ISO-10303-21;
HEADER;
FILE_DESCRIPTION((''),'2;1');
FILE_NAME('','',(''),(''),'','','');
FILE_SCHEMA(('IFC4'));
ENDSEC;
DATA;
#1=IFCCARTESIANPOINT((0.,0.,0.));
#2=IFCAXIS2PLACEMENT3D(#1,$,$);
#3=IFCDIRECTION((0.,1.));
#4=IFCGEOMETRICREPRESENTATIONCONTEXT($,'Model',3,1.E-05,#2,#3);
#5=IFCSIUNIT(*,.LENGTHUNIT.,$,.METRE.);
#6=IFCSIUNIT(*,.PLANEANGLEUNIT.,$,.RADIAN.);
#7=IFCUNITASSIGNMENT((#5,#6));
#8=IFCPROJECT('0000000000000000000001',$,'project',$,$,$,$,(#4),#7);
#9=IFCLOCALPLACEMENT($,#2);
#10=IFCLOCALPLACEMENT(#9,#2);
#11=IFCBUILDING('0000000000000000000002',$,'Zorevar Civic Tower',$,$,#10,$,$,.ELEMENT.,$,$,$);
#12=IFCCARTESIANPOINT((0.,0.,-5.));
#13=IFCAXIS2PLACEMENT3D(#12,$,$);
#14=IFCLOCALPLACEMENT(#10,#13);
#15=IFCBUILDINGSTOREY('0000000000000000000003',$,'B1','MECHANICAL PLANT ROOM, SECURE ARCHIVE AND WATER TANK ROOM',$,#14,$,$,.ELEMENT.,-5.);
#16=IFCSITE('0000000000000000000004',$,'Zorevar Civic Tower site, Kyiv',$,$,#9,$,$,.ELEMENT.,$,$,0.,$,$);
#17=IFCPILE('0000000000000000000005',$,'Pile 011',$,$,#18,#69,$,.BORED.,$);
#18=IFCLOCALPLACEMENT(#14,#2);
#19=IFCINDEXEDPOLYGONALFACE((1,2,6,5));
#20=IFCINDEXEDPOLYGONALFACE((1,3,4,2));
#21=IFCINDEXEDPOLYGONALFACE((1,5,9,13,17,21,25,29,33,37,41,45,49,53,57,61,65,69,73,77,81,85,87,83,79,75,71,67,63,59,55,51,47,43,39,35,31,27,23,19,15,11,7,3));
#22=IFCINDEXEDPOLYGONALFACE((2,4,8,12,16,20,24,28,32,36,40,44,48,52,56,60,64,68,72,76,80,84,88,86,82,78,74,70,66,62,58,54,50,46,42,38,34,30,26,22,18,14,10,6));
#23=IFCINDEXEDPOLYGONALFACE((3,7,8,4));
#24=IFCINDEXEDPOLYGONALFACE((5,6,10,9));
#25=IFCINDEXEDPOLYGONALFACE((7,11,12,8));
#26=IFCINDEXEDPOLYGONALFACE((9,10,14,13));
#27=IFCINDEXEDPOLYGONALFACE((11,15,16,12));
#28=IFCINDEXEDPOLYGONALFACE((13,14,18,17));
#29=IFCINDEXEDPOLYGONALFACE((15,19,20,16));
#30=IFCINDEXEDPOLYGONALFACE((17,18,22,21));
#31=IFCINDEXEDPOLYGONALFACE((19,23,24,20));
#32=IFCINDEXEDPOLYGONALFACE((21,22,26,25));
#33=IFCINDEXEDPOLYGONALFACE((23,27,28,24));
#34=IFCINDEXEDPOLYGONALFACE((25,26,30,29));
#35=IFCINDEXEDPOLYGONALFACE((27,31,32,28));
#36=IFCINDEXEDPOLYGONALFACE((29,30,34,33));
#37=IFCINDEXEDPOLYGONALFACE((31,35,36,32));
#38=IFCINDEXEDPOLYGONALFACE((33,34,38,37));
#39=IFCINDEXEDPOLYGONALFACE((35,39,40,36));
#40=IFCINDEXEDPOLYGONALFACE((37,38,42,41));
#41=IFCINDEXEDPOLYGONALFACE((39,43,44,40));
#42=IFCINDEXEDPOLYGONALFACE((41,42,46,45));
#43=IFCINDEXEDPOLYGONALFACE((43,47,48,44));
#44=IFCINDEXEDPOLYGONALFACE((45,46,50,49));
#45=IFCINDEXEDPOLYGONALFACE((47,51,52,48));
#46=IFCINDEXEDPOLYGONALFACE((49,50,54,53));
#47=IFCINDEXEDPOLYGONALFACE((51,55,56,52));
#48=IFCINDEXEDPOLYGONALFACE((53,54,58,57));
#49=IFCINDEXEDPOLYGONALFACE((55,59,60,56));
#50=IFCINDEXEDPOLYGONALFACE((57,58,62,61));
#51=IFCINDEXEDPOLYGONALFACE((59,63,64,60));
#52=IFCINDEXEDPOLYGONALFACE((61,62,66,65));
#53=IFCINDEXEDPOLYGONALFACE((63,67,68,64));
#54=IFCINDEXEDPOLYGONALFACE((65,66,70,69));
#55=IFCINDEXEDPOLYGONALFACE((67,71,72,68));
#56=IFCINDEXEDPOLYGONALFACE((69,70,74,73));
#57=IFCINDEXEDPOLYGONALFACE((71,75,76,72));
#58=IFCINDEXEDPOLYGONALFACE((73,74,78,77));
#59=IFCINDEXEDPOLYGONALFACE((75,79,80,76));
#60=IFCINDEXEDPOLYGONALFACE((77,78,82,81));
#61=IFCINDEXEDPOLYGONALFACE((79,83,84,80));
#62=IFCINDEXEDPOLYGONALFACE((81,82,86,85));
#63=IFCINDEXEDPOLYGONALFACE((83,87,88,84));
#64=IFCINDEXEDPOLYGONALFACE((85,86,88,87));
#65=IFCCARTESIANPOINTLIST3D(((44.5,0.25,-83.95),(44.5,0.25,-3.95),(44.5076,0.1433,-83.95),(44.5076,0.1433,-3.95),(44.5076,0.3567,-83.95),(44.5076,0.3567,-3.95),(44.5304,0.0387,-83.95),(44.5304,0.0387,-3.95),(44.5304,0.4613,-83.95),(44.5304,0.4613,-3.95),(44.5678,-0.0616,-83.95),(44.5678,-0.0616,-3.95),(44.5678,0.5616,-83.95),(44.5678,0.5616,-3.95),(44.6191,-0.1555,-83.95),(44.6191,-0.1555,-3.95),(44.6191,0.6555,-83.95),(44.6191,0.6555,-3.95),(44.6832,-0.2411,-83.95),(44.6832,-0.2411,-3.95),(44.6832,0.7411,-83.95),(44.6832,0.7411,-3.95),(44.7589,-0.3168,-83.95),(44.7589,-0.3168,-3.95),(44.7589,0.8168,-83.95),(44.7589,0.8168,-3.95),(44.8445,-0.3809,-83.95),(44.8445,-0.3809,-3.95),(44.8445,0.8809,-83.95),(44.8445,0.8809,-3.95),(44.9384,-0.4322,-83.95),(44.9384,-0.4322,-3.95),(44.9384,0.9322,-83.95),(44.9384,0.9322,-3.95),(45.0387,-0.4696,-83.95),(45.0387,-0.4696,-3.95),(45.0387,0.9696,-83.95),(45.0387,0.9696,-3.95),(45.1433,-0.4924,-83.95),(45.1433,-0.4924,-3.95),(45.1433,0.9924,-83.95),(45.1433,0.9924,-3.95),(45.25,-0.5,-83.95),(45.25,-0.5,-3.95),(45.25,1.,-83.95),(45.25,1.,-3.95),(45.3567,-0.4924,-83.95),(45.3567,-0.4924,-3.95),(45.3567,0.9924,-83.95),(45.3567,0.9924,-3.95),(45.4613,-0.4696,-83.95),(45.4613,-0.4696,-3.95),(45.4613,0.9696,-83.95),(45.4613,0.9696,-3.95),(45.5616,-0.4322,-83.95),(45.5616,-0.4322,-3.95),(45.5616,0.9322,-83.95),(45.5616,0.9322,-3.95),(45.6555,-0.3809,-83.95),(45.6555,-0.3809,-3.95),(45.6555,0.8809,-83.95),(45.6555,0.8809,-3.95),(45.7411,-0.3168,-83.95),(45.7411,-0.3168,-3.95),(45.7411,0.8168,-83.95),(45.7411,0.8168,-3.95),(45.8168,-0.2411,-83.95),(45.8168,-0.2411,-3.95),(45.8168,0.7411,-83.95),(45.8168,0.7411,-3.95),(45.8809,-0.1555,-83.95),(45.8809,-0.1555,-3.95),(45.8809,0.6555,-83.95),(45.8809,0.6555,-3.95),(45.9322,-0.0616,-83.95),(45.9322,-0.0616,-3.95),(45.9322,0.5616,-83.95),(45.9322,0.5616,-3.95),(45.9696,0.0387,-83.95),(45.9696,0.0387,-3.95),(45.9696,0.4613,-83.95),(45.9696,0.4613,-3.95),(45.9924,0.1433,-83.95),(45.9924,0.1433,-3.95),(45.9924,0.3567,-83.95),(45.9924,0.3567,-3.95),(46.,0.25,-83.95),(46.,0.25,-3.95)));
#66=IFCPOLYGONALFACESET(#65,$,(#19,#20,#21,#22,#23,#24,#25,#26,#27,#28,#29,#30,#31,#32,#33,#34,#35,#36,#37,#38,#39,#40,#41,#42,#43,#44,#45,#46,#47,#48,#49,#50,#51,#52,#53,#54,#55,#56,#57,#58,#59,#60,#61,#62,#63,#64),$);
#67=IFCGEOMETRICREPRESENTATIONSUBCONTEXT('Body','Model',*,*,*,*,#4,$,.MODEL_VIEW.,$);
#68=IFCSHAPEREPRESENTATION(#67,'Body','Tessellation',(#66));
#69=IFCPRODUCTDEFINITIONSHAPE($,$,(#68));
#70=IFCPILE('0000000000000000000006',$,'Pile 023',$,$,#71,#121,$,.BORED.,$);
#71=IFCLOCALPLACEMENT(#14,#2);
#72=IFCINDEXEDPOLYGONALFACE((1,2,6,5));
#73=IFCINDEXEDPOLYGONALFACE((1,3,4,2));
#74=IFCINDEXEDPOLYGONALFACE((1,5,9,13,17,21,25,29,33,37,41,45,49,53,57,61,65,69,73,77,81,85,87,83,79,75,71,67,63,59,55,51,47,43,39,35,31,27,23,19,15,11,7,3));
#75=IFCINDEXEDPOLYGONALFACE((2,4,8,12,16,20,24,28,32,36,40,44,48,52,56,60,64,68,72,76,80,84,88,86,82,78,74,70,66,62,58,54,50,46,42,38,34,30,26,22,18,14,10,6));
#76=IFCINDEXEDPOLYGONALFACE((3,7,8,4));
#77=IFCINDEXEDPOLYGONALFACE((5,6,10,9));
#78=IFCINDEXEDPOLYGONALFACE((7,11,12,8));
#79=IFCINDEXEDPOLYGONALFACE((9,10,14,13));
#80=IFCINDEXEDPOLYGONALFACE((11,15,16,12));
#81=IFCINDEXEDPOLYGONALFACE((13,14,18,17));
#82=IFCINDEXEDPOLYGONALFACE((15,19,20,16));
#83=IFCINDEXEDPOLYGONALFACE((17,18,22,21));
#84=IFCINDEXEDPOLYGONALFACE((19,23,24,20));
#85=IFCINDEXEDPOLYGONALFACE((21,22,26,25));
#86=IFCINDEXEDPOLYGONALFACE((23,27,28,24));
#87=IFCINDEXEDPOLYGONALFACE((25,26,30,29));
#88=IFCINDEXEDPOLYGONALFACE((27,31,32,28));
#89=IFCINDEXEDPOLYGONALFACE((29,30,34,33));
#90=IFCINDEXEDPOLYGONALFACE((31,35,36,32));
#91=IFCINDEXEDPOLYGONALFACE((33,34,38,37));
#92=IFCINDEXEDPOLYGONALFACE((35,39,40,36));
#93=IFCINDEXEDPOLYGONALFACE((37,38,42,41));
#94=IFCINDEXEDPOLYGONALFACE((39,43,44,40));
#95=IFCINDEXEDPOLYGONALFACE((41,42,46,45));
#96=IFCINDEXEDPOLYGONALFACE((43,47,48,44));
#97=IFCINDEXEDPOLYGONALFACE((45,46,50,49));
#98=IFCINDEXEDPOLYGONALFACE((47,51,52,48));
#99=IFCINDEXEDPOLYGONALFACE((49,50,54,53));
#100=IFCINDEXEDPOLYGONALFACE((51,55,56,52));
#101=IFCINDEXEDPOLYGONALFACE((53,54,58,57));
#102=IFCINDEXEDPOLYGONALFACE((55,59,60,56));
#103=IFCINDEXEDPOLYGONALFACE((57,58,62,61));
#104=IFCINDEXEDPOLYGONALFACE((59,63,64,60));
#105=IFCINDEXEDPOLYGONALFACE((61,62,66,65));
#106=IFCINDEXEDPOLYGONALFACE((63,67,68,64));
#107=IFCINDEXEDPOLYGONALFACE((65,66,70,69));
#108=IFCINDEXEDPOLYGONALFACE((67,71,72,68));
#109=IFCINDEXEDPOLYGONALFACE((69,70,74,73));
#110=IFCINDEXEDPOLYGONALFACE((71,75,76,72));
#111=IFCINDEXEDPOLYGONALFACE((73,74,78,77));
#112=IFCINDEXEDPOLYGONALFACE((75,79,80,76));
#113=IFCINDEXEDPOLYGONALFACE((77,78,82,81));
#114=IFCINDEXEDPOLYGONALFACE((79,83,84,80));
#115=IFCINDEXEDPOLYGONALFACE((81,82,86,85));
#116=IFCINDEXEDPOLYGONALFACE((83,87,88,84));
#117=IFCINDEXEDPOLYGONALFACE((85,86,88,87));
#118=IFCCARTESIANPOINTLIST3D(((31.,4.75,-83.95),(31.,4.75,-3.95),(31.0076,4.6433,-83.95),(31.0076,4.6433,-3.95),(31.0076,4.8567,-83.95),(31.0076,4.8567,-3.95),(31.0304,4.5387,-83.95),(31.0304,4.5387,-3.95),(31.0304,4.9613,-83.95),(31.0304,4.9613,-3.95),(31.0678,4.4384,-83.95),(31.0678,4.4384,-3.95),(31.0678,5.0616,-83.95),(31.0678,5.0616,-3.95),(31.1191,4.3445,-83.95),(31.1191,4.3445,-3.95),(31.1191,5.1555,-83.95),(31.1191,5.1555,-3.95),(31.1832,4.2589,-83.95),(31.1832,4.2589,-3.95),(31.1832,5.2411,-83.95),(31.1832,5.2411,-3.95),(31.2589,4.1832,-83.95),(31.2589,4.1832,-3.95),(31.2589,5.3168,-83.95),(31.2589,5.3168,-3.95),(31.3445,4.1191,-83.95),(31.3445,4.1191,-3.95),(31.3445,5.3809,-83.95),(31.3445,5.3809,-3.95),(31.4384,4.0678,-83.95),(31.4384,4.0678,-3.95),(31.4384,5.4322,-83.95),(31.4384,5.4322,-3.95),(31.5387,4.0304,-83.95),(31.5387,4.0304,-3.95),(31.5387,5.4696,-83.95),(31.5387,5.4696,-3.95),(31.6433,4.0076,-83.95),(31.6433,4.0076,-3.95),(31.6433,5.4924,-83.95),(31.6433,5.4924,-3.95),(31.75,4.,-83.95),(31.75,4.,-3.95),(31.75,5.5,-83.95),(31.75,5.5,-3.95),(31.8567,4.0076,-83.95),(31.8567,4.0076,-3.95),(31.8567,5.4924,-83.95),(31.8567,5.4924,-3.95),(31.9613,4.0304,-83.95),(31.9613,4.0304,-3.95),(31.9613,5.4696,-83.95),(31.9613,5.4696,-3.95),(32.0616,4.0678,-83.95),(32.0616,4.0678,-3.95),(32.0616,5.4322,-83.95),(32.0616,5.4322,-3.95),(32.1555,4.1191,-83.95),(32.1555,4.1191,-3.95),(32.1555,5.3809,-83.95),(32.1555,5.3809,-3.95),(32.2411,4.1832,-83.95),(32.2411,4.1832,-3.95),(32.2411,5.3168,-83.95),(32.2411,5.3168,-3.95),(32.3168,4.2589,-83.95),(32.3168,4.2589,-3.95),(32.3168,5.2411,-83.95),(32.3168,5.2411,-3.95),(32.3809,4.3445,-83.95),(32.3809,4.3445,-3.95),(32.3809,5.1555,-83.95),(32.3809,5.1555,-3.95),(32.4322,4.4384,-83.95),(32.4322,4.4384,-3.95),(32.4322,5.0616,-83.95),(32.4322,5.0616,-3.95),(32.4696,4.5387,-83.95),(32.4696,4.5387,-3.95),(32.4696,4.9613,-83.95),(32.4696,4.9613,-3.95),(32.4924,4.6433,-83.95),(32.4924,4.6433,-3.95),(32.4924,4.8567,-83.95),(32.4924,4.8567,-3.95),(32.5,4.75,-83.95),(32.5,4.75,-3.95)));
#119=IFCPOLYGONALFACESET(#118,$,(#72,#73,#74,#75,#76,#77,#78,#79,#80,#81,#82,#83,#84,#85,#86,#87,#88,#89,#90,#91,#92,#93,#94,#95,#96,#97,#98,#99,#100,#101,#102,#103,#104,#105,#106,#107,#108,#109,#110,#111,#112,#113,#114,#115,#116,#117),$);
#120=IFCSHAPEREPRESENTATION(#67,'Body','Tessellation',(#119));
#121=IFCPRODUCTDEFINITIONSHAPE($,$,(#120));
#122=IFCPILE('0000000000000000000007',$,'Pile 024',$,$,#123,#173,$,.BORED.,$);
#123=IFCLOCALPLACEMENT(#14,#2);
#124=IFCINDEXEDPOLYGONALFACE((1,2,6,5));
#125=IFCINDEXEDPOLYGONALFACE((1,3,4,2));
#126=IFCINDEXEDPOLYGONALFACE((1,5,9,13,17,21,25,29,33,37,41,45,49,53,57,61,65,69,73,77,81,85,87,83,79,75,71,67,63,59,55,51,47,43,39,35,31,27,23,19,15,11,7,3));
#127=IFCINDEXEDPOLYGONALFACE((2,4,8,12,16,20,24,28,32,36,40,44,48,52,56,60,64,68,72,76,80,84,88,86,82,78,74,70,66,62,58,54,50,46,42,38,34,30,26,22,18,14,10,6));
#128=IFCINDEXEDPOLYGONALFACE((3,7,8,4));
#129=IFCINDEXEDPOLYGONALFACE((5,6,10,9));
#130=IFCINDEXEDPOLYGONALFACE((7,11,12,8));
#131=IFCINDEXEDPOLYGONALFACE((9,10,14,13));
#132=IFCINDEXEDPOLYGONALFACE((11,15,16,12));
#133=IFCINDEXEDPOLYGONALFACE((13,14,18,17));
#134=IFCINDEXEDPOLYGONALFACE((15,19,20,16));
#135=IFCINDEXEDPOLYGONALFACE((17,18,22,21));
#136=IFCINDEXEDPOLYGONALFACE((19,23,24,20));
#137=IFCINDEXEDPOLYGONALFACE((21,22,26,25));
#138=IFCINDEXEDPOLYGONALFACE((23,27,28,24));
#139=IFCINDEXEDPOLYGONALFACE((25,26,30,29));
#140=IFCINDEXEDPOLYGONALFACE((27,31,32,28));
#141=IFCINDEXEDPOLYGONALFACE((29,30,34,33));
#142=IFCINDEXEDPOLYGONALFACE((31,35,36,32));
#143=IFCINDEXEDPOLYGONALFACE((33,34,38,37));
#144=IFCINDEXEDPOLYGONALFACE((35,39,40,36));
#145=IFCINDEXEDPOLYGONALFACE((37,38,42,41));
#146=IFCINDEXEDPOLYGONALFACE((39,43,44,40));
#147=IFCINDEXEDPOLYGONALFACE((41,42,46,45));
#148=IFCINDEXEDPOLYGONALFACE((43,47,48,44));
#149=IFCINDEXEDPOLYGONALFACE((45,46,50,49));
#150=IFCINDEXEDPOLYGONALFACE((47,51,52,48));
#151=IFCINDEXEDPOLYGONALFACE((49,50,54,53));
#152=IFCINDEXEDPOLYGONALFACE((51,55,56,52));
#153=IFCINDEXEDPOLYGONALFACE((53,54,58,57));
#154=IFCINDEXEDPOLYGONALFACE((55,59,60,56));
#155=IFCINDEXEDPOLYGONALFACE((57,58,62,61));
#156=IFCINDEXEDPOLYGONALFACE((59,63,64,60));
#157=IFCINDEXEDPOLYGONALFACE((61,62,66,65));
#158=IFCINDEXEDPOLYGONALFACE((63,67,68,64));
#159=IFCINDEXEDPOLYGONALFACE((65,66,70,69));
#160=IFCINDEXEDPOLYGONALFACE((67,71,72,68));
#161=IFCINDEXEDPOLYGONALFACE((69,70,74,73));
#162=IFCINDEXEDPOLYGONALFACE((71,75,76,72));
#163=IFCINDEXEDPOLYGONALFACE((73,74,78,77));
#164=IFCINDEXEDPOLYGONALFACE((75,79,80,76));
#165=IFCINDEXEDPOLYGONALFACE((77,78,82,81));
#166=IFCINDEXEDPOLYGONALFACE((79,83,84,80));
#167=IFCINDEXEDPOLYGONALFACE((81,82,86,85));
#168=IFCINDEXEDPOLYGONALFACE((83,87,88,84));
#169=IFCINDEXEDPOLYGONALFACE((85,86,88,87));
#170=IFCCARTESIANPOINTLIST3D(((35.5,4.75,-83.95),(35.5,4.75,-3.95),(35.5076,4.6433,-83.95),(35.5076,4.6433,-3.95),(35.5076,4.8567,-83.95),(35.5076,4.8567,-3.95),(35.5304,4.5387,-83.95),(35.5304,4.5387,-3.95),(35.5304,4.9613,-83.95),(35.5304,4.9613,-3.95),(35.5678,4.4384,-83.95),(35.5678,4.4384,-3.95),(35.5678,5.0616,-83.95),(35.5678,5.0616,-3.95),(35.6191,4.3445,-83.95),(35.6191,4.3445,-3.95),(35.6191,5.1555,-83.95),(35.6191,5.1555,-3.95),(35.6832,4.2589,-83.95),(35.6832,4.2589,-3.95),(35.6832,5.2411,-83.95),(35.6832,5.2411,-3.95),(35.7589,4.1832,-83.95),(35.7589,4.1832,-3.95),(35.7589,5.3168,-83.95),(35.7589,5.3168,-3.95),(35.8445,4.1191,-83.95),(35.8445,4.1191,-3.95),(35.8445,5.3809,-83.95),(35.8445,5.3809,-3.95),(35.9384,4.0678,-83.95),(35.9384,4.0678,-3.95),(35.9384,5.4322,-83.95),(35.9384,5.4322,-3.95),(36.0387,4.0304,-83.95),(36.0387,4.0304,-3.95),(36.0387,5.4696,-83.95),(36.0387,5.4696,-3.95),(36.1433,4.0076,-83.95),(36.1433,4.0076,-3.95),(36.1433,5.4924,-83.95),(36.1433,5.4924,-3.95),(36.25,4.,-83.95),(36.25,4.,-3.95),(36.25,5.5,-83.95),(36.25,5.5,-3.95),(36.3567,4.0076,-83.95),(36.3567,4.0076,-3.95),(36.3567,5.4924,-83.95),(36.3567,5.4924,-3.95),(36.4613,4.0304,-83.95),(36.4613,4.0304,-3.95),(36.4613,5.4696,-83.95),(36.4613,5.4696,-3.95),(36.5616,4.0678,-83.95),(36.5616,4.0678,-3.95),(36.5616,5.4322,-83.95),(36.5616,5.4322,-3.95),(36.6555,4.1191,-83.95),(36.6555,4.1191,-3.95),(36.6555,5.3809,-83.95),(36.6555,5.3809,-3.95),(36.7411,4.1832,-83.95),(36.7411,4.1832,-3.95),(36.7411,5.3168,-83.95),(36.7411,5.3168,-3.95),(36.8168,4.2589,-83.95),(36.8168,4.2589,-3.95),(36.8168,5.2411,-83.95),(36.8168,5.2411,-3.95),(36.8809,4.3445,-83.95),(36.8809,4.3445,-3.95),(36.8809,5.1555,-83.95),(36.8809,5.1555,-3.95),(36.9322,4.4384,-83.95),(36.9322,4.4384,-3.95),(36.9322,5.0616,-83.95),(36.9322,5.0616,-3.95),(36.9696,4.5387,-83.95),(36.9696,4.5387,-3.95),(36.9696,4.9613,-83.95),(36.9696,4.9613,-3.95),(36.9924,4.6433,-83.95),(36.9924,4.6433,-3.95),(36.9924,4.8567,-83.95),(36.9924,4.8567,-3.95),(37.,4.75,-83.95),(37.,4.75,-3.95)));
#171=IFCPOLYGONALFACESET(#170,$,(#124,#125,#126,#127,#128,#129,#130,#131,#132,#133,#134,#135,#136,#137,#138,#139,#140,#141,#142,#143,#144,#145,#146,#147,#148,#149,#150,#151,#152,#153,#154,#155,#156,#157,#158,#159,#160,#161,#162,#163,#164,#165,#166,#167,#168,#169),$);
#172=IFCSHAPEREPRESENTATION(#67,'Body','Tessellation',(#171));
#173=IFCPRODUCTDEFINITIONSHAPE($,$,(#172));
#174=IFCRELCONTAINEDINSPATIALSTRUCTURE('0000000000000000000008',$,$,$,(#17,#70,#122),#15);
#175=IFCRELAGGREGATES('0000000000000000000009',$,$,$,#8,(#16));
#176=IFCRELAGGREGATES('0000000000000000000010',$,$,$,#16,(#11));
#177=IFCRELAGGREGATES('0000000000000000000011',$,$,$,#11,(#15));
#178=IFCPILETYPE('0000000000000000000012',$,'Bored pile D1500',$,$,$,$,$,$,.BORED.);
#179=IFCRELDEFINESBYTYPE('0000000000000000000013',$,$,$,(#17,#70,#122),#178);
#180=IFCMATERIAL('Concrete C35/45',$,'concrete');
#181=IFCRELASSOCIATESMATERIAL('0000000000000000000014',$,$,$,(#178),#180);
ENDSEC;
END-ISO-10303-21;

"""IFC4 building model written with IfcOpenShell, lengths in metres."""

from ifc_helpers import new_model, si_unit, direction, frame, origin, origin_2d, place, context, subcontext, project, spatial, circle, extrude, material, type_object, element, save


model = new_model("IFC4")

# Units and contexts
model_context = context("Model", 3, precision=1e-05, world=origin(), true_north=direction((0.0, 1.0)))
body_context = subcontext(model_context, "Body", "Model", "MODEL_VIEW")
ifc_project = project(units=[si_unit("LENGTHUNIT", "METRE"), si_unit("PLANEANGLEUNIT", "RADIAN")], contexts=[model_context])

# Site, building, storey
site_placement = place(None, origin())
site = spatial("IfcSite", under=ifc_project, at=site_placement, Name="Zorevar Civic Tower site, Kyiv", CompositionType="ELEMENT", RefElevation=0.0)
building_placement = place(site_placement, origin())
building = spatial("IfcBuilding", under=site, at=building_placement, Name="Zorevar Civic Tower", CompositionType="ELEMENT")
storey_placement = place(building_placement, frame((0.0, 0.0, -5.0)))
storey = spatial("IfcBuildingStorey", under=building, at=storey_placement, Name="B1", Description="MECHANICAL PLANT ROOM, SECURE ARCHIVE AND WATER TANK ROOM", CompositionType="ELEMENT", Elevation=-5.0)

# Piles
ifc_material_1 = material(Name="Concrete C35/45", Category="concrete")
pile_type = type_object("IfcPileType", Name="Bored pile D1500", PredefinedType="BORED", material=ifc_material_1)
for number, where, z_axis, x_axis, name in (
    (1, (45.25, 0.25, -3.95), (0.0, 0.0, -1.0), (1.0, 0.0, 0.0), "Pile 011"),
    (2, (31.75, 4.75, -3.95), (0.0, 0.0, -1.0), (1.0, 0.0, 0.0), "Pile 023"),
    (3, (36.25, 4.75, -3.95), (0.0, 0.0, -1.0), (1.0, 0.0, 0.0), "Pile 024"),
):
    element("IfcPile", number, at=place(storey_placement, frame(where, z_axis=z_axis, x_axis=x_axis)), inside=storey, type_object=pile_type, Name=name, PredefinedType="BORED", context=body_context, shape_type="SweptSolid", body=[
        extrude(circle(Radius=0.75, at=origin_2d()), origin(), (0.0, 0.0, 1.0), 80.0),
    ])

save(model, "model.ifc")
